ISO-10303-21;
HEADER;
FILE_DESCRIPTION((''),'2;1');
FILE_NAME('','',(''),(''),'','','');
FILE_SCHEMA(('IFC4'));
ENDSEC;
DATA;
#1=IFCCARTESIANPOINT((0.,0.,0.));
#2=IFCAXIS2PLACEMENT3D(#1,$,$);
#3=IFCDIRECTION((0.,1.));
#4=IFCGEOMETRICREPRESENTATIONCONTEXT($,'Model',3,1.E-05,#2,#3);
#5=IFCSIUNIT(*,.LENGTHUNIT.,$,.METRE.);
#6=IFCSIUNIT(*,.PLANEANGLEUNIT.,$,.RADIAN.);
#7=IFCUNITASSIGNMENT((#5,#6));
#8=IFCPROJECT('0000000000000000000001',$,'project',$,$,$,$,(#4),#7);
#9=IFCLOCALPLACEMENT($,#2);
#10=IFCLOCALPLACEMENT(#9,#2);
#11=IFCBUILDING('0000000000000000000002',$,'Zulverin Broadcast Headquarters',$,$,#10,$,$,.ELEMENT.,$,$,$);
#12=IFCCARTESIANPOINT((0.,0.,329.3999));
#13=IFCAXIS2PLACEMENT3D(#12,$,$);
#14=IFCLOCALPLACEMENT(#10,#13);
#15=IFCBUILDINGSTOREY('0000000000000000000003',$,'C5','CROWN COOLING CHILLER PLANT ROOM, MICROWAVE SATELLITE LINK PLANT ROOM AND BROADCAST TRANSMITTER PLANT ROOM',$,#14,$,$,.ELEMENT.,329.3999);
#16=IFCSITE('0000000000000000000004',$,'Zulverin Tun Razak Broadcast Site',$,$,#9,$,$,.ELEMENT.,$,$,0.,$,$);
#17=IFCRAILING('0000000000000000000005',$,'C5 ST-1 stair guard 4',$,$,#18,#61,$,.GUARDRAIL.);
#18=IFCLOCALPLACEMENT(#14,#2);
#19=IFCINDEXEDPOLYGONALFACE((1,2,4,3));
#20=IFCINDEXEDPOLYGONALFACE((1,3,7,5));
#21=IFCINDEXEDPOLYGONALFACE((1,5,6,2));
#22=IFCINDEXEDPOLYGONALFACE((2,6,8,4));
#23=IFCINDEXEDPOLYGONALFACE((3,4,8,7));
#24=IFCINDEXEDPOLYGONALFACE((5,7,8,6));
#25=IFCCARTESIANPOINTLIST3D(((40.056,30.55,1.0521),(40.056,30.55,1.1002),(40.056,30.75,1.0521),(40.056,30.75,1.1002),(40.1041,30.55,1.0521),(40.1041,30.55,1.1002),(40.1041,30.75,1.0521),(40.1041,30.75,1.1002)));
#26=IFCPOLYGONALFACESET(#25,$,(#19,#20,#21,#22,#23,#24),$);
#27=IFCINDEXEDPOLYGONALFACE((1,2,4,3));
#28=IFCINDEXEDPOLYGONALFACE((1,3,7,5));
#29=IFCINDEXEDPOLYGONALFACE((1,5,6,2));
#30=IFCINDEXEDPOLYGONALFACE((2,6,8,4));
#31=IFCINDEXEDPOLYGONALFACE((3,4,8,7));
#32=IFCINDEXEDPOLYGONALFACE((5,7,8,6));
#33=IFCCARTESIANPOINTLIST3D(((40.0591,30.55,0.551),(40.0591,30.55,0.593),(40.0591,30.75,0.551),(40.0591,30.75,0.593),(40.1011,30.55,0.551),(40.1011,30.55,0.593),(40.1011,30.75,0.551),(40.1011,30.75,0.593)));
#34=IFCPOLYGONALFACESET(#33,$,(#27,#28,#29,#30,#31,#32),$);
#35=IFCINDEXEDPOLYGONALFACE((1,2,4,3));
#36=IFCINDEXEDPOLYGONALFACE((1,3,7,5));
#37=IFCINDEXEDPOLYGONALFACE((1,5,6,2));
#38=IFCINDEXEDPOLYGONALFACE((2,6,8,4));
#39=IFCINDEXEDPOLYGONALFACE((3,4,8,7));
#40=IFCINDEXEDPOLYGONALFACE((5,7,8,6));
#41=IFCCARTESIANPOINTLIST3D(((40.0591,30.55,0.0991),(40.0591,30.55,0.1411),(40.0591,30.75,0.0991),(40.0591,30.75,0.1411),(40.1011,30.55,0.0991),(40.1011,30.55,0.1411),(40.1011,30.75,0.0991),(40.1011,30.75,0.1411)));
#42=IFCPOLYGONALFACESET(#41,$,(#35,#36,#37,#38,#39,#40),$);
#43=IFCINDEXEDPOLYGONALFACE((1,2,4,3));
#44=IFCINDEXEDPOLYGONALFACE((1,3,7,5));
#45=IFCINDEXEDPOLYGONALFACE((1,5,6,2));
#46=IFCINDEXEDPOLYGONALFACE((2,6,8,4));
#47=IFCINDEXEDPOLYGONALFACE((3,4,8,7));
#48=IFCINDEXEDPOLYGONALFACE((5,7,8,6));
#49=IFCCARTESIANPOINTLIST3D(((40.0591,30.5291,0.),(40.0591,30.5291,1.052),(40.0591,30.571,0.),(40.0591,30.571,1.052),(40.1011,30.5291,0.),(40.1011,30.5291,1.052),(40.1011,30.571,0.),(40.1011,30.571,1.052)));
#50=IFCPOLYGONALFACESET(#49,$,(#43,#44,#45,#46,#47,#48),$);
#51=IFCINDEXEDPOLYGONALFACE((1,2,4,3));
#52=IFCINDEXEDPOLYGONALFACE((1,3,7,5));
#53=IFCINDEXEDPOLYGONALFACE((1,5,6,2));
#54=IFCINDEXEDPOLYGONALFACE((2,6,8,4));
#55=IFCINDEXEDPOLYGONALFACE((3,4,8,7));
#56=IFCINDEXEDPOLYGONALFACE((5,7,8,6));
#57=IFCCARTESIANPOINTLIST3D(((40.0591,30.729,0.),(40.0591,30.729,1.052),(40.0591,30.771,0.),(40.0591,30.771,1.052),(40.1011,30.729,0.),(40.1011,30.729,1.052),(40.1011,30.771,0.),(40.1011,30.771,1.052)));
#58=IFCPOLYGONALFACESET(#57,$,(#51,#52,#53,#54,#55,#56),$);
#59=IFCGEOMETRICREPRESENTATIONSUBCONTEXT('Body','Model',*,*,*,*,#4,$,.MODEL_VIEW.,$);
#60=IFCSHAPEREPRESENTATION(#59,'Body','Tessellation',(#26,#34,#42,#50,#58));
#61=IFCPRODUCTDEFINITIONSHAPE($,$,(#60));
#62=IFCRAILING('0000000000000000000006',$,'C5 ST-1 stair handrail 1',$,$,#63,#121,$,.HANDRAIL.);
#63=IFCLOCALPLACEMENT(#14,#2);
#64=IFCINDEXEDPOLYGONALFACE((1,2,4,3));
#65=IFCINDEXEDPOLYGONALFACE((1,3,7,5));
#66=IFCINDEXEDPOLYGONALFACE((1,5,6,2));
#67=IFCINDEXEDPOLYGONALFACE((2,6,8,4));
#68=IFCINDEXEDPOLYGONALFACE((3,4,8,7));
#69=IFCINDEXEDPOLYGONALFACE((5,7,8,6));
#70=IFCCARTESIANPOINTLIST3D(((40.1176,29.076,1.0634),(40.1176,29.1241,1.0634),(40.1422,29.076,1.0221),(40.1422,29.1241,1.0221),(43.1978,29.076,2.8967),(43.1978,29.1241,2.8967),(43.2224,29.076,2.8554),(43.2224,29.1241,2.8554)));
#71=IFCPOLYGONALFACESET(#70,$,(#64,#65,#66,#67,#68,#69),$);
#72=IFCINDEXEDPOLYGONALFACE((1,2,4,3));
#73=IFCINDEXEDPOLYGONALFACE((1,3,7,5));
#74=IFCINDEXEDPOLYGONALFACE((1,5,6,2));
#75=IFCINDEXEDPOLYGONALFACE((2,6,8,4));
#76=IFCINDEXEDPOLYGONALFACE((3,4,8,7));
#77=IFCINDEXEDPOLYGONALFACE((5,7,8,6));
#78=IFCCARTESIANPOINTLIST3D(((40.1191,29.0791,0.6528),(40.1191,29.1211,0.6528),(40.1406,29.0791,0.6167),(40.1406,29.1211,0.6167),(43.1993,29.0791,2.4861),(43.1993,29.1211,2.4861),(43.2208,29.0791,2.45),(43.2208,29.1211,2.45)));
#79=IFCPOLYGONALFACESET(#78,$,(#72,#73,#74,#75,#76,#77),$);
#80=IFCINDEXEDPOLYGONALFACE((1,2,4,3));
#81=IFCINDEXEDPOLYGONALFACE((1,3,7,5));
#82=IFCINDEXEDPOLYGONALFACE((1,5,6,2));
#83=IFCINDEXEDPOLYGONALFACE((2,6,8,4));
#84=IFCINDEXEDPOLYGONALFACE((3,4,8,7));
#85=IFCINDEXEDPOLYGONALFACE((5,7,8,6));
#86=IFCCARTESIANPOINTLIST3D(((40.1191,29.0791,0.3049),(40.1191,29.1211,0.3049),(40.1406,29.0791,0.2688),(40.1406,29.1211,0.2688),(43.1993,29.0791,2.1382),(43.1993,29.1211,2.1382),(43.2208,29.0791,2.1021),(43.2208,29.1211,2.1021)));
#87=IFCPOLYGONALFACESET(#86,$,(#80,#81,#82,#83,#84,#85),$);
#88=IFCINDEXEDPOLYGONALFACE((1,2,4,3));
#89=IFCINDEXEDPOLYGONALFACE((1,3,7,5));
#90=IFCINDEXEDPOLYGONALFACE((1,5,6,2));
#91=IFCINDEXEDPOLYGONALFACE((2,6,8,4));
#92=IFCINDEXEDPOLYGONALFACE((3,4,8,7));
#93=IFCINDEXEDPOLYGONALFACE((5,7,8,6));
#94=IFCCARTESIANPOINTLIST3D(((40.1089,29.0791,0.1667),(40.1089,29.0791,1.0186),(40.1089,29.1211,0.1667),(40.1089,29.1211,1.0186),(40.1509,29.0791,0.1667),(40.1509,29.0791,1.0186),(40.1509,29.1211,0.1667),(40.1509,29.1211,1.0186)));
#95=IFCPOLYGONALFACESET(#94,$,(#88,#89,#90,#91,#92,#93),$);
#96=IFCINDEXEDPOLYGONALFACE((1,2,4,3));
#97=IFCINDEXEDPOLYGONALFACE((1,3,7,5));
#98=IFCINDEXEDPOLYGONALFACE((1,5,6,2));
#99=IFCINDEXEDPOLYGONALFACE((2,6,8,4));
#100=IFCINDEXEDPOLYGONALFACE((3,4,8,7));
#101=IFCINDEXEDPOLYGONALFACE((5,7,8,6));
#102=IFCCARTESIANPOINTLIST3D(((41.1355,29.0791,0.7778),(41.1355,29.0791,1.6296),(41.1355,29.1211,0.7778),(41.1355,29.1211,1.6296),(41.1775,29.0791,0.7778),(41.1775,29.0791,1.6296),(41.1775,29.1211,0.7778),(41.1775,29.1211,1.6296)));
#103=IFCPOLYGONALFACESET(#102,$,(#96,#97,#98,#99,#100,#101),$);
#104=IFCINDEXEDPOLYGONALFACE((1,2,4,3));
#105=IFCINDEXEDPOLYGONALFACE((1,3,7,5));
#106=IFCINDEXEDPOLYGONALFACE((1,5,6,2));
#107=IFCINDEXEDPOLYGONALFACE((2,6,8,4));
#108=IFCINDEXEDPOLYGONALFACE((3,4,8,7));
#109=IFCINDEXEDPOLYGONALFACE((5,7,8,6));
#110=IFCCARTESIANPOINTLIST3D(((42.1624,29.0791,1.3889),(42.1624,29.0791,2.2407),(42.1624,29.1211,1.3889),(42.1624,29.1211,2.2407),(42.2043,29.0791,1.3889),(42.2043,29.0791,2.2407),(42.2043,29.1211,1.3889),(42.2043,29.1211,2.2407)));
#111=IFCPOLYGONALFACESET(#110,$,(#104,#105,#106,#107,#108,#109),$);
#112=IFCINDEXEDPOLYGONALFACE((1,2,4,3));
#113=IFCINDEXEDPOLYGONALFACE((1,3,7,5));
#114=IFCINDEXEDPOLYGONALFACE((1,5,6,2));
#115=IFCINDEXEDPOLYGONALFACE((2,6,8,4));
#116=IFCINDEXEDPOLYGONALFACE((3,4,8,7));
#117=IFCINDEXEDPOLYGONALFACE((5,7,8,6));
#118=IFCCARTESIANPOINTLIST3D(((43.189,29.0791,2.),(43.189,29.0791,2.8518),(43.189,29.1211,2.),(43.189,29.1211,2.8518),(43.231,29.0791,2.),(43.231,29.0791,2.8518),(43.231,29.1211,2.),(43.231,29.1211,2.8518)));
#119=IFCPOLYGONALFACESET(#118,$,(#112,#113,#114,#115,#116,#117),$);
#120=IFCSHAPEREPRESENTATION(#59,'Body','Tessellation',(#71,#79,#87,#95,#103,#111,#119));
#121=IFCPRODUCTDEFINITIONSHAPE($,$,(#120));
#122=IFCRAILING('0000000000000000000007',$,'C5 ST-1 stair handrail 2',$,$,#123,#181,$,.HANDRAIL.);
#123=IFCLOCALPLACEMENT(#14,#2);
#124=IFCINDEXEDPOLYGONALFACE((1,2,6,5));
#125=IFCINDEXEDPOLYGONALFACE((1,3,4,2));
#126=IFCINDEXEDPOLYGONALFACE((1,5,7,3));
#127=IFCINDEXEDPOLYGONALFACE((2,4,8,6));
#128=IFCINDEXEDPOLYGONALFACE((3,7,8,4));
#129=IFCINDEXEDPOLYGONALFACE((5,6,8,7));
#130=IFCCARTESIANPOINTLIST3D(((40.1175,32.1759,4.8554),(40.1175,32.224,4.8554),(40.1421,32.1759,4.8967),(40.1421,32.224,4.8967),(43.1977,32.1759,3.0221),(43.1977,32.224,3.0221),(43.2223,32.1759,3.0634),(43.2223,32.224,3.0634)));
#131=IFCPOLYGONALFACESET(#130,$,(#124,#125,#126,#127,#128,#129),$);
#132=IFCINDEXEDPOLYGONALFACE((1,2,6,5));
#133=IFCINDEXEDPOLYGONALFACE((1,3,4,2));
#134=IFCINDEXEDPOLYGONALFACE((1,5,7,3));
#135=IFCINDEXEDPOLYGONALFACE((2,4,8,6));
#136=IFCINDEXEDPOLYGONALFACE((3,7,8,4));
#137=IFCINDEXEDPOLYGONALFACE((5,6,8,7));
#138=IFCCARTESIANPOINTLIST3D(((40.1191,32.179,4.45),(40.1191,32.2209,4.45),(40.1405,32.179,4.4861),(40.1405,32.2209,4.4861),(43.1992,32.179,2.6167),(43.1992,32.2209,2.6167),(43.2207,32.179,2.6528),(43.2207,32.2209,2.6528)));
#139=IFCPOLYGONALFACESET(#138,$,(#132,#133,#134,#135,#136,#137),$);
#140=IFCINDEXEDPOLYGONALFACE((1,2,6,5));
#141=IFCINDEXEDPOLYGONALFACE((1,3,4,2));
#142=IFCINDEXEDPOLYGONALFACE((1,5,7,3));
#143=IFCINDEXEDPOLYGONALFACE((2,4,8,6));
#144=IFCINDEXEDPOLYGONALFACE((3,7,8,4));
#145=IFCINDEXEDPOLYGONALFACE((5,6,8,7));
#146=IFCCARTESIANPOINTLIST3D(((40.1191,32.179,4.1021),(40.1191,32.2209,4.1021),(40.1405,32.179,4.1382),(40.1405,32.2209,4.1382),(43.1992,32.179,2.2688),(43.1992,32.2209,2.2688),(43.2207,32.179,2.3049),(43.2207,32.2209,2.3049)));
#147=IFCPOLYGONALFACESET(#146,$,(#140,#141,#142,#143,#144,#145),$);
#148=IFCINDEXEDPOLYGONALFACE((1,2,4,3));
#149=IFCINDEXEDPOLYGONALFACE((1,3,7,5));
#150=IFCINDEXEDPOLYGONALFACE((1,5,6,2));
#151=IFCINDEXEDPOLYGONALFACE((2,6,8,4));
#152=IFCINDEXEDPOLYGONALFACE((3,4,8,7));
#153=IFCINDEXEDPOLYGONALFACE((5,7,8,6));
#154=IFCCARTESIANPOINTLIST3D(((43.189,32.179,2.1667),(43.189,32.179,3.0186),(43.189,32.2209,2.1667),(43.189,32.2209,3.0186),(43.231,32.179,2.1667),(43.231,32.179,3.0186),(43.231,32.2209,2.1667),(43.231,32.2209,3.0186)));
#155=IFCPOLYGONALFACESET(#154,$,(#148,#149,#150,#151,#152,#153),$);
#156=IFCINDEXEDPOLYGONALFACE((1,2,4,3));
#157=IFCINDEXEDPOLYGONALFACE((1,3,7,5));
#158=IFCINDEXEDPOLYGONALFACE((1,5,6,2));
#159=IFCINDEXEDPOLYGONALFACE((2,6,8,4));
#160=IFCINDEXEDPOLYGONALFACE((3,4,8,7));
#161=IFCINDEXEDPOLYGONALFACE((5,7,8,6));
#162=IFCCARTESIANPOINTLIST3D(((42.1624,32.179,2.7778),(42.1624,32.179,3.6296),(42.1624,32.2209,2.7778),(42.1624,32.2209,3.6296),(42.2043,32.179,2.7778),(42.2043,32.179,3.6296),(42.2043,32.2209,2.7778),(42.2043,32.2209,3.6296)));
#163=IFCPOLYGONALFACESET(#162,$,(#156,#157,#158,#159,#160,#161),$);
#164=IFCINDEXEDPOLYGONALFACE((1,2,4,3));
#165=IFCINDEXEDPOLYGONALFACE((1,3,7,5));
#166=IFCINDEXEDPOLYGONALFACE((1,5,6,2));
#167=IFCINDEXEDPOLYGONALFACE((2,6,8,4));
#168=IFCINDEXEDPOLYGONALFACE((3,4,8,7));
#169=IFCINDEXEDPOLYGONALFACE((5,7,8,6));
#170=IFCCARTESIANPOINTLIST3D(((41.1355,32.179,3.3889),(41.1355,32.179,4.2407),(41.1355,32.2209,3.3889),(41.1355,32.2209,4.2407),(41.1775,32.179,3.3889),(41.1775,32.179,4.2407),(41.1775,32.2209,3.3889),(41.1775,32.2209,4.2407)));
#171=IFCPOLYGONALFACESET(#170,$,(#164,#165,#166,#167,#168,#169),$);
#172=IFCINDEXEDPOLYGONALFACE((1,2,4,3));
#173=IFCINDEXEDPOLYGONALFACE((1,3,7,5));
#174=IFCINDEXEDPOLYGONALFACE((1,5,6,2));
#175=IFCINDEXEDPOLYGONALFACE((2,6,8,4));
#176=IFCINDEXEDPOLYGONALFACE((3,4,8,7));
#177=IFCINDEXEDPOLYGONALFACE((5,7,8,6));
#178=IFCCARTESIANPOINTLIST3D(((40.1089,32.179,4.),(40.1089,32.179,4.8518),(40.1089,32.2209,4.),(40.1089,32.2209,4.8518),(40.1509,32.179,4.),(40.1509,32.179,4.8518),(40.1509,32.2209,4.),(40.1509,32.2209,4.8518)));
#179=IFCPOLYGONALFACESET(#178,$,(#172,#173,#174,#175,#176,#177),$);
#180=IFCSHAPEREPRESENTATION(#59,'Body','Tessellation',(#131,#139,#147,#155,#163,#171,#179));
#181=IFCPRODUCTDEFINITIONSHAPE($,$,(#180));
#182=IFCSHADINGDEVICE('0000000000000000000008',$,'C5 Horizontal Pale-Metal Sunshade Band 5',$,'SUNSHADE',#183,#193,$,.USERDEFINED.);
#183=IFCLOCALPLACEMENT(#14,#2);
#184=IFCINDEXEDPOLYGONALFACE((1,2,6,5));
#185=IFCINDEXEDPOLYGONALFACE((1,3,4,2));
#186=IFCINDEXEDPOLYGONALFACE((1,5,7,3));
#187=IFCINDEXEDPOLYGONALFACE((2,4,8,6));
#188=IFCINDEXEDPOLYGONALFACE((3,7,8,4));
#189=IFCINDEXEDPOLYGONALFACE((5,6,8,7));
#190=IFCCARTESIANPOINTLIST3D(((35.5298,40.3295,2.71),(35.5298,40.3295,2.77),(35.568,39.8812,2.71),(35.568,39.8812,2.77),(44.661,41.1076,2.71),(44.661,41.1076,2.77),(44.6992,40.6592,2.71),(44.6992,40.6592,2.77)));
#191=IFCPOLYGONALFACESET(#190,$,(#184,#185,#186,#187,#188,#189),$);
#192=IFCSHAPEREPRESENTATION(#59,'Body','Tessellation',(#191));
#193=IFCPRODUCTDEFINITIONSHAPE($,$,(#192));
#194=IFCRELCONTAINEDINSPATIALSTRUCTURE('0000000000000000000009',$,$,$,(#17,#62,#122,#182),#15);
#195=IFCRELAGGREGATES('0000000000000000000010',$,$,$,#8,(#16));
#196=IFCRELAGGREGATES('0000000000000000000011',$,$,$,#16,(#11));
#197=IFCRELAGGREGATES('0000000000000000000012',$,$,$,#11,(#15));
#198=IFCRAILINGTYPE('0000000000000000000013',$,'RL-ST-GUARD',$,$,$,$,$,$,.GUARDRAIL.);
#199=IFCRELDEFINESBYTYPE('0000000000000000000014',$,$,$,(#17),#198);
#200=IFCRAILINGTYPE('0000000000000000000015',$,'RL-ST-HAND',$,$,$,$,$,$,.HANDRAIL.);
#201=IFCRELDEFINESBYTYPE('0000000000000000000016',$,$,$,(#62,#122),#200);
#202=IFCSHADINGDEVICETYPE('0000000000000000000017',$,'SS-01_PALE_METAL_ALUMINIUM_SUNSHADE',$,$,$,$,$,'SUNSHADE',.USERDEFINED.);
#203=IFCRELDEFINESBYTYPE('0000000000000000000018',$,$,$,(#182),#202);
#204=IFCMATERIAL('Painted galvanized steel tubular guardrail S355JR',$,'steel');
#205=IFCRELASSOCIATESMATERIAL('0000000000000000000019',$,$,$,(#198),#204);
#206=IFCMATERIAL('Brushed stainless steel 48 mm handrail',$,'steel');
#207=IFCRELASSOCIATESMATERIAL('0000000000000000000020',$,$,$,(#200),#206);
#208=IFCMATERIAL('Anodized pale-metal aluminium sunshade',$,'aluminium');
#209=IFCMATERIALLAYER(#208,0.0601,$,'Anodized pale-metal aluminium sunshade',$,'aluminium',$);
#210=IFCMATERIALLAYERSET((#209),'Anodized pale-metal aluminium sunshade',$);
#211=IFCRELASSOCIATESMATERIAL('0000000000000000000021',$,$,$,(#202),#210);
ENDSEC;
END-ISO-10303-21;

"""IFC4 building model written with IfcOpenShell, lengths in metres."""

from ifc_helpers import new_model, si_unit, direction, frame, origin, origin_2d, place, context, subcontext, project, spatial, rectangle, extrude, material, layer, layer_set, type_object, element, save


model = new_model("IFC4")

# Units and contexts
model_context = context("Model", 3, precision=1e-05, world=origin(), true_north=direction((0.0, 1.0)))
body_context = subcontext(model_context, "Body", "Model", "MODEL_VIEW")
ifc_project = project(units=[si_unit("LENGTHUNIT", "METRE"), si_unit("PLANEANGLEUNIT", "RADIAN")], contexts=[model_context])

# Site, building, storey
site_placement = place(None, origin())
site = spatial("IfcSite", under=ifc_project, at=site_placement, Name="Zulverin Tun Razak Broadcast Site", CompositionType="ELEMENT", RefElevation=0.0)
building_placement = place(site_placement, origin())
building = spatial("IfcBuilding", under=site, at=building_placement, Name="Zulverin Broadcast Headquarters", CompositionType="ELEMENT")
storey_placement = place(building_placement, frame((0.0, 0.0, 329.3999)))
storey = spatial("IfcBuildingStorey", under=building, at=storey_placement, Name="C5", Description="CROWN COOLING CHILLER PLANT ROOM, MICROWAVE SATELLITE LINK PLANT ROOM AND BROADCAST TRANSMITTER PLANT ROOM", CompositionType="ELEMENT", Elevation=329.3999)

# Railings
ifc_material_1 = material(Name="Painted galvanized steel tubular guardrail S355JR", Category="steel")
railing_type_1 = type_object("IfcRailingType", Name="RL-ST-GUARD", PredefinedType="GUARDRAIL", material=ifc_material_1)
railing_1_placement = place(storey_placement, frame((40.0801, 30.55, 0.0)))
element("IfcRailing", 1, at=railing_1_placement, inside=storey, type_object=railing_type_1, Name="C5 ST-1 stair guard 4", PredefinedType="GUARDRAIL", context=body_context, shape_type="SweptSolid", body=[
    extrude(rectangle(XDim=0.0481, YDim=0.0481, at=origin_2d()), frame((0.0, 0.0, 1.0762), z_axis=(0.0, 1.0, 0.0), x_axis=(-1.0, 0.0, 0.0)), (0.0, 0.0, 1.0), 0.2),
    extrude(rectangle(XDim=0.042, YDim=0.042, at=origin_2d()), frame((0.0, 0.0, 0.572), z_axis=(0.0, 1.0, 0.0), x_axis=(-1.0, 0.0, 0.0)), (0.0, 0.0, 1.0), 0.2),
    extrude(rectangle(XDim=0.042, YDim=0.042, at=origin_2d()), frame((0.0, 0.0, 0.1201), z_axis=(0.0, 1.0, 0.0), x_axis=(-1.0, 0.0, 0.0)), (0.0, 0.0, 1.0), 0.2),
    extrude(rectangle(XDim=0.042, YDim=0.042, at=origin_2d()), origin(), (0.0, 0.0, 1.0), 1.052),
    extrude(rectangle(XDim=0.042, YDim=0.042, at=origin_2d()), frame((0.0, 0.2, 0.0)), (0.0, 0.0, 1.0), 1.052),
])
ifc_material_2 = material(Name="Brushed stainless steel 48 mm handrail", Category="steel")
railing_type_2 = type_object("IfcRailingType", Name="RL-ST-HAND", PredefinedType="HANDRAIL", material=ifc_material_2)
railing_2_placement = place(storey_placement, frame((40.1299, 29.1001, 0.1667)))
element("IfcRailing", 2, at=railing_2_placement, inside=storey, type_object=railing_type_2, Name="C5 ST-1 stair handrail 1", PredefinedType="HANDRAIL", context=body_context, shape_type="SweptSolid", body=[
    extrude(rectangle(XDim=0.0481, YDim=0.0481, at=origin_2d()), frame((0.0, 0.0, 0.876), z_axis=(0.859309, 0.0, 0.511458), x_axis=(0.0, 1.0, 0.0)), (0.0, 0.0, 1.0), 3.5845),
    extrude(rectangle(XDim=0.042, YDim=0.042, at=origin_2d()), frame((0.0, 0.0, 0.468), z_axis=(0.859309, 0.0, 0.511458), x_axis=(0.0, 1.0, 0.0)), (0.0, 0.0, 1.0), 3.5845),
    extrude(rectangle(XDim=0.042, YDim=0.042, at=origin_2d()), frame((0.0, 0.0, 0.1201), z_axis=(0.859309, 0.0, 0.511458), x_axis=(0.0, 1.0, 0.0)), (0.0, 0.0, 1.0), 3.5845),
    extrude(rectangle(XDim=0.042, YDim=0.042, at=origin_2d()), origin(), (0.0, 0.0, 1.0), 0.8518),
    extrude(rectangle(XDim=0.042, YDim=0.042, at=origin_2d()), frame((1.0266, 0.0, 0.6111)), (0.0, 0.0, 1.0), 0.8518),
    extrude(rectangle(XDim=0.042, YDim=0.042, at=origin_2d()), frame((2.0535, 0.0, 1.2222)), (0.0, 0.0, 1.0), 0.8518),
    extrude(rectangle(XDim=0.042, YDim=0.042, at=origin_2d()), frame((3.0801, 0.0, 1.8333)), (0.0, 0.0, 1.0), 0.8518),
])
railing_3_placement = place(storey_placement, frame((43.21, 32.2, 2.1667)))
element("IfcRailing", 3, at=railing_3_placement, inside=storey, type_object=railing_type_2, Name="C5 ST-1 stair handrail 2", PredefinedType="HANDRAIL", context=body_context, shape_type="SweptSolid", body=[
    extrude(rectangle(XDim=0.0481, YDim=0.0481, at=origin_2d()), frame((0.0, 0.0, 0.876), z_axis=(-0.859309, 0.0, 0.511458), x_axis=(0.0, -1.0, 0.0)), (0.0, 0.0, 1.0), 3.5845),
    extrude(rectangle(XDim=0.042, YDim=0.042, at=origin_2d()), frame((0.0, 0.0, 0.468), z_axis=(-0.859309, 0.0, 0.511458), x_axis=(0.0, -1.0, 0.0)), (0.0, 0.0, 1.0), 3.5845),
    extrude(rectangle(XDim=0.042, YDim=0.042, at=origin_2d()), frame((0.0, 0.0, 0.1201), z_axis=(-0.859309, 0.0, 0.511458), x_axis=(0.0, -1.0, 0.0)), (0.0, 0.0, 1.0), 3.5845),
    extrude(rectangle(XDim=0.042, YDim=0.042, at=origin_2d()), origin(), (0.0, 0.0, 1.0), 0.8518),
    extrude(rectangle(XDim=0.042, YDim=0.042, at=origin_2d()), frame((-1.0266, 0.0, 0.6111)), (0.0, 0.0, 1.0), 0.8518),
    extrude(rectangle(XDim=0.042, YDim=0.042, at=origin_2d()), frame((-2.0535, 0.0, 1.2222)), (0.0, 0.0, 1.0), 0.8518),
    extrude(rectangle(XDim=0.042, YDim=0.042, at=origin_2d()), frame((-3.0801, 0.0, 1.8333)), (0.0, 0.0, 1.0), 0.8518),
])

# Shading device
ifc_material_3 = material(Name="Anodized pale-metal aluminium sunshade", Category="aluminium")
ifc_layer_1 = layer(ifc_material_3, 0.0601, Name="Anodized pale-metal aluminium sunshade", Category="aluminium")
ifc_layer_set_1 = layer_set([ifc_layer_1], Name="Anodized pale-metal aluminium sunshade")
shading_device_type = type_object("IfcShadingDeviceType", Name="SS-01_PALE_METAL_ALUMINIUM_SUNSHADE", ElementType="SUNSHADE", PredefinedType="USERDEFINED", material=ifc_layer_set_1)
shading_device_placement = place(storey_placement, frame((40.1145, 40.4944, 2.71), z_axis=(0.0, 0.0, 1.0), x_axis=(-0.996389, -0.0849, 0.0)))
element("IfcShadingDevice", 4, at=shading_device_placement, inside=storey, type_object=shading_device_type, Name="C5 Horizontal Pale-Metal Sunshade Band 5", ObjectType="SUNSHADE", PredefinedType="USERDEFINED", context=body_context, shape_type="SweptSolid", body=[
    extrude(rectangle(XDim=9.1643, YDim=0.45, at=origin_2d()), origin(), (0.0, 0.0, 1.0), 0.0601),
])

save(model, "model.ifc")
